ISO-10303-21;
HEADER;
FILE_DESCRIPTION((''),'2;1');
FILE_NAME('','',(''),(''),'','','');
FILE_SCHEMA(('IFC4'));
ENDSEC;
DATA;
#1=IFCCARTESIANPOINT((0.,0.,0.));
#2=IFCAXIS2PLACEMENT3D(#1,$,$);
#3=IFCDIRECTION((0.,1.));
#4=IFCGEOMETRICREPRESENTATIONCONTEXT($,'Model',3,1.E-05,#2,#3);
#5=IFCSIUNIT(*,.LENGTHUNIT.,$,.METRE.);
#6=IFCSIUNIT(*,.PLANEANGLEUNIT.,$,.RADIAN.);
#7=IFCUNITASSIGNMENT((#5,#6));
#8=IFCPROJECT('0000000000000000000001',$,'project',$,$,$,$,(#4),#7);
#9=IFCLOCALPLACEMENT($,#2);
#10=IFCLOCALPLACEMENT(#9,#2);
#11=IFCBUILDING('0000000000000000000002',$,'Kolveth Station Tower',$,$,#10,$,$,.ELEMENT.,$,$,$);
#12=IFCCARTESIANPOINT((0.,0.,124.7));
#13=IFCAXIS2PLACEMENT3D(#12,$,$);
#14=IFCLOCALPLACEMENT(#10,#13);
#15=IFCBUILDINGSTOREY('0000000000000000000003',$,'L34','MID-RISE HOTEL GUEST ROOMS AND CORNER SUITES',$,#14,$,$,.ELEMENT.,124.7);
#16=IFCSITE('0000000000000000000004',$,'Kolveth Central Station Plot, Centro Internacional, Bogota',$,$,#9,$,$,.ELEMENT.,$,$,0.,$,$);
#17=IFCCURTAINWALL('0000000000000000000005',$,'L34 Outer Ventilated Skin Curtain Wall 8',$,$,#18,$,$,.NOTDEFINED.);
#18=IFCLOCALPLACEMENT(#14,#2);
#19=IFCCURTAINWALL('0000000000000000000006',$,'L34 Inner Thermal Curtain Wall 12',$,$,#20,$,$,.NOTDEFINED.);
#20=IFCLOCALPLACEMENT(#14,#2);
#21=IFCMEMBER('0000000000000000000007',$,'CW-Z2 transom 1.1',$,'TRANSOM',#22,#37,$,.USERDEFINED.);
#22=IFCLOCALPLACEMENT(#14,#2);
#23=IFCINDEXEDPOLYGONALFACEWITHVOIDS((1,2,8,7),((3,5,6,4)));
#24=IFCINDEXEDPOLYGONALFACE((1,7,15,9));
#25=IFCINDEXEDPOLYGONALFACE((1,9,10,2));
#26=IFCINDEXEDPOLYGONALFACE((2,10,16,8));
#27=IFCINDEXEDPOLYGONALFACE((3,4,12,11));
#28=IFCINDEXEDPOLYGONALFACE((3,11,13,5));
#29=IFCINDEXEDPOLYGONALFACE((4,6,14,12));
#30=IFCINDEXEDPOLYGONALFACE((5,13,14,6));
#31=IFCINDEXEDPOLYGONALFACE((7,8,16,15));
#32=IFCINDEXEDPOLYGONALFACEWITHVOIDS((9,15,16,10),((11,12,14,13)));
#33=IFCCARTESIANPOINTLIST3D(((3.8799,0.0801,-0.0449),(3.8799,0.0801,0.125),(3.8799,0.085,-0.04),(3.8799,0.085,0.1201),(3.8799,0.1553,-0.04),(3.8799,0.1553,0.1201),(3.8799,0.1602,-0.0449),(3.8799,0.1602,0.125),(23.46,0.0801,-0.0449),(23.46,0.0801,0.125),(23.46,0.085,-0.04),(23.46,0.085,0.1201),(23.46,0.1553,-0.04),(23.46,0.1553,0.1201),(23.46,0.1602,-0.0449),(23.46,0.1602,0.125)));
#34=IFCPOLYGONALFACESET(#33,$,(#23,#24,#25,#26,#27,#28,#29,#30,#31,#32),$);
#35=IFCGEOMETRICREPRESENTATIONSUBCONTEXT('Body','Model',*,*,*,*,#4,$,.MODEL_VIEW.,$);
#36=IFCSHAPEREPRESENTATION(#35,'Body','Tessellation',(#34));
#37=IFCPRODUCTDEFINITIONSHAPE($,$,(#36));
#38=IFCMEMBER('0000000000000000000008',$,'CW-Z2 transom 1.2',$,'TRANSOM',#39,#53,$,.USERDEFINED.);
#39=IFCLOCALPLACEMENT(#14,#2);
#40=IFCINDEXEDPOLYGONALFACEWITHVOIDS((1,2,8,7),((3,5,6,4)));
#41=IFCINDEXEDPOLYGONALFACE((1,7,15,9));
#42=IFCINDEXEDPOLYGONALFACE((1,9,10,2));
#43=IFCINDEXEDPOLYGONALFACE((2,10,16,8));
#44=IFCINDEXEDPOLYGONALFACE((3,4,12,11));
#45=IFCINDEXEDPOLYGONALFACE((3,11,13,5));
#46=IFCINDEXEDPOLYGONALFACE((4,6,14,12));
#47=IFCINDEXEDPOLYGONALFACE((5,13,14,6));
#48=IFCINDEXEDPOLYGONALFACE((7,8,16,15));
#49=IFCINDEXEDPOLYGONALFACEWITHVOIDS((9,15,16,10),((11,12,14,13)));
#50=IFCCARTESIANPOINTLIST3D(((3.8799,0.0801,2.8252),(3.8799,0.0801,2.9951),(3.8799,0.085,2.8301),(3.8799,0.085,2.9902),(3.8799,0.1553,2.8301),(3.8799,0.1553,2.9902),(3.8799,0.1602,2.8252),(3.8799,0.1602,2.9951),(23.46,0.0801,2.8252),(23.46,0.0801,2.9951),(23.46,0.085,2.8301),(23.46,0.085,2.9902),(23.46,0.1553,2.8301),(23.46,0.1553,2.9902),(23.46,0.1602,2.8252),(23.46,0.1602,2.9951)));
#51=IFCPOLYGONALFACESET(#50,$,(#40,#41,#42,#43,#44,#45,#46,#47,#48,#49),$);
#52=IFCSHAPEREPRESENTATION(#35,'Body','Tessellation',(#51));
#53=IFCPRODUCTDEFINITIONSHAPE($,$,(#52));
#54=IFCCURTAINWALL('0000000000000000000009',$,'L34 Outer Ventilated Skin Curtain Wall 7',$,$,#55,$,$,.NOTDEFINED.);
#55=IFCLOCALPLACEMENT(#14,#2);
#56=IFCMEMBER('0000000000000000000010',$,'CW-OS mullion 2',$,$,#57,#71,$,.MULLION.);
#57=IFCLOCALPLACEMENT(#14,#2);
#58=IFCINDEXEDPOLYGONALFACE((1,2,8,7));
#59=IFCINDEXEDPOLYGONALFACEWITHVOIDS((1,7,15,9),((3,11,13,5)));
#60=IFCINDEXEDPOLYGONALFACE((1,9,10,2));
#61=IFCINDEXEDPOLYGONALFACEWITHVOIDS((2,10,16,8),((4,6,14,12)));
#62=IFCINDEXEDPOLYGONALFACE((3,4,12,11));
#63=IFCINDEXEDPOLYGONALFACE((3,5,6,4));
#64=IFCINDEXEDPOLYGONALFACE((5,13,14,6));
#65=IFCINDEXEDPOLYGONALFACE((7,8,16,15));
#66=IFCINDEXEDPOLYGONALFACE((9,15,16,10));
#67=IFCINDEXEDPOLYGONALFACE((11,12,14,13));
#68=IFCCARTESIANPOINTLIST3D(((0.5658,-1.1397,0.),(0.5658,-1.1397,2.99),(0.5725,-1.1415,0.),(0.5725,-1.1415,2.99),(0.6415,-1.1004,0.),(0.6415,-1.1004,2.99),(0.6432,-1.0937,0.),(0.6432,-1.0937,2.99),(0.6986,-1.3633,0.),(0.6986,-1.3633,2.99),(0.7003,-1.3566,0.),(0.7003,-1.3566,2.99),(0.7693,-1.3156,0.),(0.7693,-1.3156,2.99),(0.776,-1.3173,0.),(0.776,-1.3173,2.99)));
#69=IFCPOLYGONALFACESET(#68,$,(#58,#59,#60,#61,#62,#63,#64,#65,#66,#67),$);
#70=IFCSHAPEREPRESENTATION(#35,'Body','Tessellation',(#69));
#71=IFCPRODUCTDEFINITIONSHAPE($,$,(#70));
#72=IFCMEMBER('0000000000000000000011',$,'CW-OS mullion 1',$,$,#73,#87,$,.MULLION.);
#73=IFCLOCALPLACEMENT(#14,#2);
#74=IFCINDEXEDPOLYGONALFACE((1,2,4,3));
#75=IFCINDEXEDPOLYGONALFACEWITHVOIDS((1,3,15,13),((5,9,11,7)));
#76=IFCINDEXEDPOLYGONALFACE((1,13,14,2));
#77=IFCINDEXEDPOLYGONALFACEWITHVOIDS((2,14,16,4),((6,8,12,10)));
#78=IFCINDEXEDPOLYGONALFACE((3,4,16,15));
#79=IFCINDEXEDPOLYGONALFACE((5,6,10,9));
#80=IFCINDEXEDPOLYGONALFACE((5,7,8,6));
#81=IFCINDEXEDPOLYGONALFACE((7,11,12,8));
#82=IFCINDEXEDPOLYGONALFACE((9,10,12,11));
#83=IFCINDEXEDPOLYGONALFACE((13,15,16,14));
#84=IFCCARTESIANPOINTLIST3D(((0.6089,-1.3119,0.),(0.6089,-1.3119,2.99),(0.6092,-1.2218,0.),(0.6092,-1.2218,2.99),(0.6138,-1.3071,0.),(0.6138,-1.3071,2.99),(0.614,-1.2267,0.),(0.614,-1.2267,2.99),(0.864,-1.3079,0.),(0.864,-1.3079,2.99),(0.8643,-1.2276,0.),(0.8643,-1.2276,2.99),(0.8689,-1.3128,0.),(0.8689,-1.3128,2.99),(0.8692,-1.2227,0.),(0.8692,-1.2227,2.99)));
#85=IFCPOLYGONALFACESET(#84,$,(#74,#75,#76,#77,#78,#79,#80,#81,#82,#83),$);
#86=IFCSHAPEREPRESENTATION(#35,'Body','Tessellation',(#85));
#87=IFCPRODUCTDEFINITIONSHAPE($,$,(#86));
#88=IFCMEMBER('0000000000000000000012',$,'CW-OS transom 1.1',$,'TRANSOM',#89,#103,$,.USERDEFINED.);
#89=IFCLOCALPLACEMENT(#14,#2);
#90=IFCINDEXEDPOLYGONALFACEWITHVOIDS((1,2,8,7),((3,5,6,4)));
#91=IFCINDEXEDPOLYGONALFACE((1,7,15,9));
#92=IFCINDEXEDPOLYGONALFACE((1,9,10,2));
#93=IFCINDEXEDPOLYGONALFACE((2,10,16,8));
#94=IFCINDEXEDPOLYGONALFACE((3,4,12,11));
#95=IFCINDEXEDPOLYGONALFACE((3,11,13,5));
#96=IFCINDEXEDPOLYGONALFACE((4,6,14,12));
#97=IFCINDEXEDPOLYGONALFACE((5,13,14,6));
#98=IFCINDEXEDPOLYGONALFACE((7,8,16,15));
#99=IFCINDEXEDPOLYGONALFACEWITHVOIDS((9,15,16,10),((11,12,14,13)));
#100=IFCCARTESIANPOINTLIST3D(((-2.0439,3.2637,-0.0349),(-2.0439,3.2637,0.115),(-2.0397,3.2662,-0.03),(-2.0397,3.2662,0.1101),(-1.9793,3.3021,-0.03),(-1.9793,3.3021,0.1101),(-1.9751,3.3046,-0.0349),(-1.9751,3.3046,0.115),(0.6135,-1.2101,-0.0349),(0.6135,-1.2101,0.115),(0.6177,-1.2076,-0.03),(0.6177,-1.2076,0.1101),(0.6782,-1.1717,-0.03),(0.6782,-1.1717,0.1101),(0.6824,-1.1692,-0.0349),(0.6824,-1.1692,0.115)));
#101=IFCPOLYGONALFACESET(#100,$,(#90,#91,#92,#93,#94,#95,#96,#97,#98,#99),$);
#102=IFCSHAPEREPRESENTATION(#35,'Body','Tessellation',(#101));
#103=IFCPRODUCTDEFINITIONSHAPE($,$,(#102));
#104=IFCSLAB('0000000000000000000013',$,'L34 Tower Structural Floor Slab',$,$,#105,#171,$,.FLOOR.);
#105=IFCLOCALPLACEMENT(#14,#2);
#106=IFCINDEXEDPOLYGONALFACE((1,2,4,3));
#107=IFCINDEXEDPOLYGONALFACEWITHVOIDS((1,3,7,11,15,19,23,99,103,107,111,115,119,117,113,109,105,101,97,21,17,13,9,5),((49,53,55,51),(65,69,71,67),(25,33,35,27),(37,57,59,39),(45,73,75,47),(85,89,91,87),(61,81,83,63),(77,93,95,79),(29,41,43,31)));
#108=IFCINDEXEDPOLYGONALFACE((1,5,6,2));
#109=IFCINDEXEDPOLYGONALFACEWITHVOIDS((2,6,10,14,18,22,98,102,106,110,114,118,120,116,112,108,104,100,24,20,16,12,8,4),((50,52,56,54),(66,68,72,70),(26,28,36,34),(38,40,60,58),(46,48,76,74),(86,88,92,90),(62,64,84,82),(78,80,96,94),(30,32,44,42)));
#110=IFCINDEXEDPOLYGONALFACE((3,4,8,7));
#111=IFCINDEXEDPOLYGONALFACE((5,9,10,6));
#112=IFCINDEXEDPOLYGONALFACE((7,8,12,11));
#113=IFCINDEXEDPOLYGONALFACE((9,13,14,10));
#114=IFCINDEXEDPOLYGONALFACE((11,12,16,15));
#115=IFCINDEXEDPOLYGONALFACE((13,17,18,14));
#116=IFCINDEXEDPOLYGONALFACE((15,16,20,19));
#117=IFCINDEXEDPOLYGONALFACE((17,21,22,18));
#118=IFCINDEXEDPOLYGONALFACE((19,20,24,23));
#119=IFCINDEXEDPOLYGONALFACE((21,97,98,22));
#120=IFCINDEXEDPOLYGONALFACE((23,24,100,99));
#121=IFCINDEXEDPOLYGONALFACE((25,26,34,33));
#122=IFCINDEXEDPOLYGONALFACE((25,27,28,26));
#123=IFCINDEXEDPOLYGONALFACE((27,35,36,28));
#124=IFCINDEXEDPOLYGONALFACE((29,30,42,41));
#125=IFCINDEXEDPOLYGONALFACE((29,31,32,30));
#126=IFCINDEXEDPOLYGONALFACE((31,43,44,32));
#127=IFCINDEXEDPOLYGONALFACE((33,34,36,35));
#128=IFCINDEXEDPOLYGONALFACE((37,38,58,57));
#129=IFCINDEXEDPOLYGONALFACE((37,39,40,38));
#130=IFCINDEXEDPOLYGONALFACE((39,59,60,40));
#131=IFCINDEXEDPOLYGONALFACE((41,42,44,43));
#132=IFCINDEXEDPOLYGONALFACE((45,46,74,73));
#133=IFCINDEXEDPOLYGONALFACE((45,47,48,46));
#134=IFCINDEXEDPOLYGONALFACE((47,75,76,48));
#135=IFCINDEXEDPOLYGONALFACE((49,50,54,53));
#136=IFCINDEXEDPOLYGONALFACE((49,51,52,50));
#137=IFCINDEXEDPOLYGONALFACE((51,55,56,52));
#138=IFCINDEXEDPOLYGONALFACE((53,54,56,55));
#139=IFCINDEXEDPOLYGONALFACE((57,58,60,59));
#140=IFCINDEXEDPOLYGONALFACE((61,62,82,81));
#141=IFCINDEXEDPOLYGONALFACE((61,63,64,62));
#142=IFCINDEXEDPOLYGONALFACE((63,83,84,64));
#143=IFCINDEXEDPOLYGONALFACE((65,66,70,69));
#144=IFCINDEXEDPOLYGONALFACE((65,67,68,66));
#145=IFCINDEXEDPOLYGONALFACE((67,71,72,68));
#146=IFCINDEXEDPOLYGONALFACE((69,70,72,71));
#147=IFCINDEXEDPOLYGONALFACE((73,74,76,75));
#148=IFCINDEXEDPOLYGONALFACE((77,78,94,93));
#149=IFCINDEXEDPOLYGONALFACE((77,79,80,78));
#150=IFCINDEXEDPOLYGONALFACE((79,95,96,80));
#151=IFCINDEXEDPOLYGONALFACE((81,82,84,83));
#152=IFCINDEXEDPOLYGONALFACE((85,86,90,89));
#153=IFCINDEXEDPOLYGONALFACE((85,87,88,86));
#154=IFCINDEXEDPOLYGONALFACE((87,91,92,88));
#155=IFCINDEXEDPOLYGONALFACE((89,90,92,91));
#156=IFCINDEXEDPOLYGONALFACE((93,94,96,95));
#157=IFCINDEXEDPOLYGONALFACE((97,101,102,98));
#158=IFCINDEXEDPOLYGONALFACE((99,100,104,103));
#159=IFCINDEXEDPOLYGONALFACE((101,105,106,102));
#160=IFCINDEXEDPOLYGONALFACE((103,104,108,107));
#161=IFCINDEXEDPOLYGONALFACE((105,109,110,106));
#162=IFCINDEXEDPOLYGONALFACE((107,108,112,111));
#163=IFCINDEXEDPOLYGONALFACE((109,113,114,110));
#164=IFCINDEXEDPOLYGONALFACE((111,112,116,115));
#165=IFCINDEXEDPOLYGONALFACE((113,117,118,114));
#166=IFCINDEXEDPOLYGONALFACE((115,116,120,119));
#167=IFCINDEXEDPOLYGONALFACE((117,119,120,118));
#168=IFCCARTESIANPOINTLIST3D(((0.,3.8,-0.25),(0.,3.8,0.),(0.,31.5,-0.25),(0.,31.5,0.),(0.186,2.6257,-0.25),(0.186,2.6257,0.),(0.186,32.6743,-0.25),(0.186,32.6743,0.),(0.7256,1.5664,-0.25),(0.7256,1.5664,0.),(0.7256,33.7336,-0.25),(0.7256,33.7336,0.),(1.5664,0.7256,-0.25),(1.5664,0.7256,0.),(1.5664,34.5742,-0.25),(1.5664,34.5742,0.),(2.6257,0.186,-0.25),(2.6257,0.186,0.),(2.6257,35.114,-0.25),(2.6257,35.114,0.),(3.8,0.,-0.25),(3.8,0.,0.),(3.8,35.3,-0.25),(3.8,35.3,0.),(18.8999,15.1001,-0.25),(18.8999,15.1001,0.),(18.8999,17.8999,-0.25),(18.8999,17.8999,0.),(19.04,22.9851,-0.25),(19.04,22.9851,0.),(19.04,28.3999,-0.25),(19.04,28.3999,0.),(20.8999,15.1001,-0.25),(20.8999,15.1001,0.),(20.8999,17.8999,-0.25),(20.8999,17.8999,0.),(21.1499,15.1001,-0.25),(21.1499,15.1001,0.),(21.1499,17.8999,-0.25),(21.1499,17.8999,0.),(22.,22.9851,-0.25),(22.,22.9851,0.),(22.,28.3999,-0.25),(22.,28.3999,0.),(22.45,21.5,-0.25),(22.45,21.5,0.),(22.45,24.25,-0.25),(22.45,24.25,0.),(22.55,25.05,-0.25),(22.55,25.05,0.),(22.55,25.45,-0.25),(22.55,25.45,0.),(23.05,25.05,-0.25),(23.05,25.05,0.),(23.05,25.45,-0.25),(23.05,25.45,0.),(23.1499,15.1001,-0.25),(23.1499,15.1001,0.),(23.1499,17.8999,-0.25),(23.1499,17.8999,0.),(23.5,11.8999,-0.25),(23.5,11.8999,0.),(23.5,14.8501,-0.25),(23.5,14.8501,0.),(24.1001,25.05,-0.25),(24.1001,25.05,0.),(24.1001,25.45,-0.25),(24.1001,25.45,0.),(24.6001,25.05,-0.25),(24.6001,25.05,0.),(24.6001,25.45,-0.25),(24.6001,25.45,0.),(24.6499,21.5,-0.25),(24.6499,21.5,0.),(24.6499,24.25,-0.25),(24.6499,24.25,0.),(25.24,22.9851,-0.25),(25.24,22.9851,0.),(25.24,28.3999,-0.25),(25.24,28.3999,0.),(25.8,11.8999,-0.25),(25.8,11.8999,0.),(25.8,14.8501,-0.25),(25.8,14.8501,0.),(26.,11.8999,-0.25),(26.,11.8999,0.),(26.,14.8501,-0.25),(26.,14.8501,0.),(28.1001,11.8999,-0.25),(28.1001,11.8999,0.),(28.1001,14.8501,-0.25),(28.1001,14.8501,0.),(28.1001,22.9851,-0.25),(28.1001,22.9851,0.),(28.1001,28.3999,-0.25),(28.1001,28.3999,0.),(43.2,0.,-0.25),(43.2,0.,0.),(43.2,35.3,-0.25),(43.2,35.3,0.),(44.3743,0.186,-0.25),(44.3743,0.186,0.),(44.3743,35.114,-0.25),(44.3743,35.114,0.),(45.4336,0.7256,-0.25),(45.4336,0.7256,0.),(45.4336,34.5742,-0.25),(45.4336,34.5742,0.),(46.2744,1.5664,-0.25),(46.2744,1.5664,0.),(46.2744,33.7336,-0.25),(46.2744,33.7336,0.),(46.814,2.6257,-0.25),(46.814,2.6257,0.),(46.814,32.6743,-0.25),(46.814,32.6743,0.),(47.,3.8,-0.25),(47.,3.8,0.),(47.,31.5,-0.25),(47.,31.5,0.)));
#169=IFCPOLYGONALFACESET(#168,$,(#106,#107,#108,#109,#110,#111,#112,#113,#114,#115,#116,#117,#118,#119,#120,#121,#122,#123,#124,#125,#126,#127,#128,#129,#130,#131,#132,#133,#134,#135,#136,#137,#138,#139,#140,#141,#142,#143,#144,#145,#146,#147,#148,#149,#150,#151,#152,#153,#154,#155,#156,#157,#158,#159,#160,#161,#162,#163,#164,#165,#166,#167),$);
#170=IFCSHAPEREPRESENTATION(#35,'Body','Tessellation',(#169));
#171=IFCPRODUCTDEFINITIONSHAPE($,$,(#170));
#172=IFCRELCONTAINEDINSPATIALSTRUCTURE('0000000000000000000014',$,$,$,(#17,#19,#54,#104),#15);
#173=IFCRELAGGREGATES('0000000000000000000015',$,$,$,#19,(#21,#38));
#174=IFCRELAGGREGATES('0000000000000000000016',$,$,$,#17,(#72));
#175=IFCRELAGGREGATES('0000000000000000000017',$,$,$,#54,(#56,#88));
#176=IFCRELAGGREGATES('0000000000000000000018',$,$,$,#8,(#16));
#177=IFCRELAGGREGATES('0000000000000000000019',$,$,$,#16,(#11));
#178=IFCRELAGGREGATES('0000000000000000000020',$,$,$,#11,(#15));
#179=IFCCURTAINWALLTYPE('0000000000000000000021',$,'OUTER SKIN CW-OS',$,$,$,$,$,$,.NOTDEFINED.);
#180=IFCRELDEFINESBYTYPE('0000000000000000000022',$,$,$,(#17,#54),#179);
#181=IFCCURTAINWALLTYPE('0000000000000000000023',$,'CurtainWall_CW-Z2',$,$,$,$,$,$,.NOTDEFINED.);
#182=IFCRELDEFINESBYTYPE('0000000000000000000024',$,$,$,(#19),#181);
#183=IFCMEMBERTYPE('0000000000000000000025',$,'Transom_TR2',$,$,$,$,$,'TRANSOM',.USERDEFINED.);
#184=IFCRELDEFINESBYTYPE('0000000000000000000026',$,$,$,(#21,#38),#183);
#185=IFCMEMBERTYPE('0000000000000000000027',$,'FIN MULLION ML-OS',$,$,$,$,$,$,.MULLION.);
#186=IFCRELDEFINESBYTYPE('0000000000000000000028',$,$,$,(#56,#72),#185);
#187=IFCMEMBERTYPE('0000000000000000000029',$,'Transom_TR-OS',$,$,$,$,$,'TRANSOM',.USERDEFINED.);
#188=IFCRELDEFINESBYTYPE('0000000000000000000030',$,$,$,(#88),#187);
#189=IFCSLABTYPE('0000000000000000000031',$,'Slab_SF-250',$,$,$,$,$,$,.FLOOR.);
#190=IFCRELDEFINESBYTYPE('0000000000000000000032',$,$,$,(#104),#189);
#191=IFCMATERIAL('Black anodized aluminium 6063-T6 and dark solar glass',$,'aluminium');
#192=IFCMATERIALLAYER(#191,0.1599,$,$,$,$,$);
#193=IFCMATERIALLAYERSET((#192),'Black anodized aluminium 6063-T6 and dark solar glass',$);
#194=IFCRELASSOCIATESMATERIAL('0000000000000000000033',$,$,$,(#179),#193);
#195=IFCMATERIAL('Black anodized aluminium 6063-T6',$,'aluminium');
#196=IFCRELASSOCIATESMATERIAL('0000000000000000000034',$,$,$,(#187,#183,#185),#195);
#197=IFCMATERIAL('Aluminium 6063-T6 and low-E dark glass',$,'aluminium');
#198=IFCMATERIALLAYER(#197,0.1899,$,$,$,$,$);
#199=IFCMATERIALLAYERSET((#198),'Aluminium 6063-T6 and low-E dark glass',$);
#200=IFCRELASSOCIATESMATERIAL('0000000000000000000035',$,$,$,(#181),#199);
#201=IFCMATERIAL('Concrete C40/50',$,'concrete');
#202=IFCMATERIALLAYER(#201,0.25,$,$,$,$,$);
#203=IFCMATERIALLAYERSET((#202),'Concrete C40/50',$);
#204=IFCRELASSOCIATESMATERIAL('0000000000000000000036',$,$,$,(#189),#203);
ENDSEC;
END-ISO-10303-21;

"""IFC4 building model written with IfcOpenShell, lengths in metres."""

from ifc_helpers import new_model, si_unit, direction, frame, origin, origin_2d, place, context, subcontext, project, spatial, polyline, hollow_rectangle, outline, extrude, source, transform, mapped, material, layer, layer_set, material_profile, profile_set, type_object, element, aggregate, save


model = new_model("IFC4")

# Units and contexts
model_context = context("Model", 3, precision=1e-05, world=origin(), true_north=direction((0.0, 1.0)))
body_context = subcontext(model_context, "Body", "Model", "MODEL_VIEW")
ifc_project = project(units=[si_unit("LENGTHUNIT", "METRE"), si_unit("PLANEANGLEUNIT", "RADIAN")], contexts=[model_context])

# Site, building, storey
site_placement = place(None, origin())
site = spatial("IfcSite", under=ifc_project, at=site_placement, Name="Kolveth Central Station Plot, Centro Internacional, Bogota", CompositionType="ELEMENT", RefElevation=0.0)
building_placement = place(site_placement, origin())
building = spatial("IfcBuilding", under=site, at=building_placement, Name="Kolveth Station Tower", CompositionType="ELEMENT")
storey_placement = place(building_placement, frame((0.0, 0.0, 124.7)))
storey = spatial("IfcBuildingStorey", under=building, at=storey_placement, Name="L34", Description="MID-RISE HOTEL GUEST ROOMS AND CORNER SUITES", CompositionType="ELEMENT", Elevation=124.7)

# Curtain wall
ifc_material_1 = material(Name="Black anodized aluminium 6063-T6 and dark solar glass", Category="aluminium")
ifc_layer_1 = layer(ifc_material_1, 0.1599)
ifc_layer_set_1 = layer_set([ifc_layer_1], Name="Black anodized aluminium 6063-T6 and dark solar glass")
curtain_wall_type_1 = type_object("IfcCurtainWallType", Name="OUTER SKIN CW-OS", PredefinedType="NOTDEFINED", material=ifc_layer_set_1)
curtain_wall_1_placement = place(storey_placement, origin())
curtain_wall_1 = element("IfcCurtainWall", 1, at=curtain_wall_1_placement, inside=storey, type_object=curtain_wall_type_1, Name="L34 Outer Ventilated Skin Curtain Wall 8", PredefinedType="NOTDEFINED")
ifc_material_2 = material(Name="Black anodized aluminium 6063-T6", Category="aluminium")
ifc_material_profile_1 = material_profile(ifc_material_2, hollow_rectangle(XDim=0.0801, YDim=0.1499, WallThickness=0.0049, at=origin_2d()), Name="ALU-80x150x5")
ifc_profile_set_1 = profile_set([ifc_material_profile_1], Name="Black anodized aluminium 6063-T6")
member_type_1 = type_object("IfcMemberType", Name="Transom_TR-OS", ElementType="TRANSOM", PredefinedType="USERDEFINED", material=ifc_profile_set_1)

# Shared definitions
ifc_material_3 = material(Name="Aluminium 6063-T6 and low-E dark glass", Category="aluminium")
ifc_layer_2 = layer(ifc_material_3, 0.1899)
ifc_layer_set_2 = layer_set([ifc_layer_2], Name="Aluminium 6063-T6 and low-E dark glass")
curtain_wall_type_2 = type_object("IfcCurtainWallType", Name="CurtainWall_CW-Z2", PredefinedType="NOTDEFINED", material=ifc_layer_set_2)

# Curtain wall
curtain_wall_2_placement = place(storey_placement, origin())
curtain_wall_2 = element("IfcCurtainWall", 2, at=curtain_wall_2_placement, inside=storey, type_object=curtain_wall_type_2, Name="L34 Inner Thermal Curtain Wall 12", PredefinedType="NOTDEFINED")

# Members
ifc_material_profile_2 = material_profile(ifc_material_2, hollow_rectangle(XDim=0.0801, YDim=0.1699, WallThickness=0.0049, at=origin_2d()), Name="ALU-80x170x5")
ifc_profile_set_2 = profile_set([ifc_material_profile_2], Name="Black anodized aluminium 6063-T6")
member_type_2 = type_object("IfcMemberType", Name="Transom_TR2", ElementType="TRANSOM", PredefinedType="USERDEFINED", material=ifc_profile_set_2)
shared_shape_1 = source(origin(), body_context, "Body", "SweptSolid", [
    extrude(hollow_rectangle(XDim=0.0801, YDim=0.1699, WallThickness=0.0049, at=origin_2d()), origin(), (0.0, 0.0, 1.0), 19.5801),
])
member_1_placement = place(storey_placement, frame((3.8799, 0.1201, 0.04), z_axis=(1.0, 0.0, 0.0), x_axis=(0.0, 1.0, 0.0)))
member_1 = element("IfcMember", 3, at=member_1_placement, type_object=member_type_2, Name="CW-Z2 transom 1.1", ObjectType="TRANSOM", PredefinedType="USERDEFINED", context=body_context, shape_type="MappedRepresentation", body=[
    mapped(shared_shape_1, transform((0.0, 0.0, 0.0), x_axis=(1.0, 0.0, 0.0), y_axis=(0.0, 1.0, 0.0), z_axis=(0.0, 0.0, 1.0), scale=1.0)),
])
member_2_placement = place(storey_placement, frame((3.8799, 0.1201, 2.9102), z_axis=(1.0, 0.0, 0.0), x_axis=(0.0, 1.0, 0.0)))
member_2 = element("IfcMember", 4, at=member_2_placement, type_object=member_type_2, Name="CW-Z2 transom 1.2", ObjectType="TRANSOM", PredefinedType="USERDEFINED", context=body_context, shape_type="MappedRepresentation", body=[
    mapped(shared_shape_1, transform((0.0, 0.0, 0.0), x_axis=(1.0, 0.0, 0.0), y_axis=(0.0, 1.0, 0.0), z_axis=(0.0, 0.0, 1.0), scale=1.0)),
])
aggregate(curtain_wall_2, [member_1, member_2])

# Curtain wall, member
curtain_wall_3_placement = place(storey_placement, origin())
curtain_wall_3 = element("IfcCurtainWall", 5, at=curtain_wall_3_placement, inside=storey, type_object=curtain_wall_type_1, Name="L34 Outer Ventilated Skin Curtain Wall 7", PredefinedType="NOTDEFINED")
ifc_material_profile_3 = material_profile(ifc_material_2, hollow_rectangle(XDim=0.0901, YDim=0.26, WallThickness=0.0049, at=origin_2d()), Name="ALU-90x260x5")
ifc_profile_set_3 = profile_set([ifc_material_profile_3], Name="Black anodized aluminium 6063-T6")
member_type_3 = type_object("IfcMemberType", Name="FIN MULLION ML-OS", PredefinedType="MULLION", material=ifc_profile_set_3)
shared_shape_2 = source(origin(), body_context, "Body", "SweptSolid", [
    extrude(hollow_rectangle(XDim=0.0901, YDim=0.26, WallThickness=0.0049, at=origin_2d()), origin(), (0.0, 0.0, 1.0), 2.99),
])
member_3_placement = place(storey_placement, frame((0.6709, -1.2285, 0.0), z_axis=(0.0, 0.0, 1.0), x_axis=(0.859743, 0.510727, 0.0)))
member_3 = element("IfcMember", 6, at=member_3_placement, type_object=member_type_3, Name="CW-OS mullion 2", PredefinedType="MULLION", context=body_context, shape_type="MappedRepresentation", body=[
    mapped(shared_shape_2, transform((0.0, 0.0, 0.0), x_axis=(1.0, 0.0, 0.0), y_axis=(0.0, 1.0, 0.0), z_axis=(0.0, 0.0, 1.0), scale=1.0)),
])

# Members
member_4_placement = place(storey_placement, frame((0.739, -1.2673, 0.0), z_axis=(0.0, 0.0, 1.0), x_axis=(0.003434, 0.999994, 0.0)))
member_4 = element("IfcMember", 7, at=member_4_placement, type_object=member_type_3, Name="CW-OS mullion 1", PredefinedType="MULLION", context=body_context, shape_type="MappedRepresentation", body=[
    mapped(shared_shape_2, transform((0.0, 0.0, 0.0), x_axis=(1.0, 0.0, 0.0), y_axis=(0.0, 1.0, 0.0), z_axis=(0.0, 0.0, 1.0), scale=1.0)),
])
aggregate(curtain_wall_1, [member_4])
shared_shape_3 = source(origin(), body_context, "Body", "SweptSolid", [
    extrude(hollow_rectangle(XDim=0.0801, YDim=0.1499, WallThickness=0.0049, at=origin_2d()), origin(), (0.0, 0.0, 1.0), 5.2036),
])
member_5_placement = place(storey_placement, frame((-2.0095, 3.2842, 0.04), z_axis=(0.510696, -0.859761, 0.0), x_axis=(0.859761, 0.510696, 0.0)))
member_5 = element("IfcMember", 8, at=member_5_placement, type_object=member_type_1, Name="CW-OS transom 1.1", ObjectType="TRANSOM", PredefinedType="USERDEFINED", context=body_context, shape_type="MappedRepresentation", body=[
    mapped(shared_shape_3, transform((0.0, 0.0, 0.0), x_axis=(1.0, 0.0, 0.0), y_axis=(0.0, 1.0, 0.0), z_axis=(0.0, 0.0, 1.0), scale=1.0)),
])

# Slab
ifc_material_4 = material(Name="Concrete C40/50", Category="concrete")
ifc_layer_3 = layer(ifc_material_4, 0.25)
ifc_layer_set_3 = layer_set([ifc_layer_3], Name="Concrete C40/50")
slab_type_1 = type_object("IfcSlabType", Name="Slab_SF-250", PredefinedType="FLOOR", material=ifc_layer_set_3)
slab_1_placement = place(storey_placement, frame((0.0, 0.0, -0.25)))
element("IfcSlab", 9, at=slab_1_placement, inside=storey, type_object=slab_type_1, Name="L34 Tower Structural Floor Slab", PredefinedType="FLOOR", context=body_context, shape_type="SweptSolid", body=[
    extrude(outline(polyline([(43.2, 0.0), (44.3743, 0.186), (45.4336, 0.7256), (46.2744, 1.5664), (46.814, 2.6257), (47.0, 3.8), (47.0, 31.5), (46.814, 32.6743), (46.2744, 33.7336), (45.4336, 34.5742), (44.3743, 35.114), (43.2, 35.3), (3.8, 35.3), (2.6257, 35.114), (1.5664, 34.5742), (0.7256, 33.7336), (0.186, 32.6743), (0.0, 31.5), (0.0, 3.8), (0.186, 2.6257), (0.7256, 1.5664), (1.5664, 0.7256), (2.6257, 0.186), (3.8, 0.0), (43.2, 0.0)]), holes=[polyline([(19.04, 22.9851), (22.0, 22.9851), (22.0, 28.3999), (19.04, 28.3999), (19.04, 22.9851)]), polyline([(25.24, 22.9851), (28.1001, 22.9851), (28.1001, 28.3999), (25.24, 28.3999), (25.24, 22.9851)]), polyline([(18.8999, 15.1001), (20.8999, 15.1001), (20.8999, 17.8999), (18.8999, 17.8999), (18.8999, 15.1001)]), polyline([(21.1499, 15.1001), (23.1499, 15.1001), (23.1499, 17.8999), (21.1499, 17.8999), (21.1499, 15.1001)]), polyline([(22.45, 21.5), (24.6499, 21.5), (24.6499, 24.25), (22.45, 24.25), (22.45, 21.5)]), polyline([(23.5, 11.8999), (25.8, 11.8999), (25.8, 14.8501), (23.5, 14.8501), (23.5, 11.8999)]), polyline([(26.0, 11.8999), (28.1001, 11.8999), (28.1001, 14.8501), (26.0, 14.8501), (26.0, 11.8999)]), polyline([(22.55, 25.05), (23.05, 25.05), (23.05, 25.45), (22.55, 25.45), (22.55, 25.05)]), polyline([(24.1001, 25.05), (24.6001, 25.05), (24.6001, 25.45), (24.1001, 25.45), (24.1001, 25.05)])]), origin(), (0.0, 0.0, 1.0), 0.25),
])

aggregate(curtain_wall_3, [member_3, member_5])

save(model, "model.ifc")
